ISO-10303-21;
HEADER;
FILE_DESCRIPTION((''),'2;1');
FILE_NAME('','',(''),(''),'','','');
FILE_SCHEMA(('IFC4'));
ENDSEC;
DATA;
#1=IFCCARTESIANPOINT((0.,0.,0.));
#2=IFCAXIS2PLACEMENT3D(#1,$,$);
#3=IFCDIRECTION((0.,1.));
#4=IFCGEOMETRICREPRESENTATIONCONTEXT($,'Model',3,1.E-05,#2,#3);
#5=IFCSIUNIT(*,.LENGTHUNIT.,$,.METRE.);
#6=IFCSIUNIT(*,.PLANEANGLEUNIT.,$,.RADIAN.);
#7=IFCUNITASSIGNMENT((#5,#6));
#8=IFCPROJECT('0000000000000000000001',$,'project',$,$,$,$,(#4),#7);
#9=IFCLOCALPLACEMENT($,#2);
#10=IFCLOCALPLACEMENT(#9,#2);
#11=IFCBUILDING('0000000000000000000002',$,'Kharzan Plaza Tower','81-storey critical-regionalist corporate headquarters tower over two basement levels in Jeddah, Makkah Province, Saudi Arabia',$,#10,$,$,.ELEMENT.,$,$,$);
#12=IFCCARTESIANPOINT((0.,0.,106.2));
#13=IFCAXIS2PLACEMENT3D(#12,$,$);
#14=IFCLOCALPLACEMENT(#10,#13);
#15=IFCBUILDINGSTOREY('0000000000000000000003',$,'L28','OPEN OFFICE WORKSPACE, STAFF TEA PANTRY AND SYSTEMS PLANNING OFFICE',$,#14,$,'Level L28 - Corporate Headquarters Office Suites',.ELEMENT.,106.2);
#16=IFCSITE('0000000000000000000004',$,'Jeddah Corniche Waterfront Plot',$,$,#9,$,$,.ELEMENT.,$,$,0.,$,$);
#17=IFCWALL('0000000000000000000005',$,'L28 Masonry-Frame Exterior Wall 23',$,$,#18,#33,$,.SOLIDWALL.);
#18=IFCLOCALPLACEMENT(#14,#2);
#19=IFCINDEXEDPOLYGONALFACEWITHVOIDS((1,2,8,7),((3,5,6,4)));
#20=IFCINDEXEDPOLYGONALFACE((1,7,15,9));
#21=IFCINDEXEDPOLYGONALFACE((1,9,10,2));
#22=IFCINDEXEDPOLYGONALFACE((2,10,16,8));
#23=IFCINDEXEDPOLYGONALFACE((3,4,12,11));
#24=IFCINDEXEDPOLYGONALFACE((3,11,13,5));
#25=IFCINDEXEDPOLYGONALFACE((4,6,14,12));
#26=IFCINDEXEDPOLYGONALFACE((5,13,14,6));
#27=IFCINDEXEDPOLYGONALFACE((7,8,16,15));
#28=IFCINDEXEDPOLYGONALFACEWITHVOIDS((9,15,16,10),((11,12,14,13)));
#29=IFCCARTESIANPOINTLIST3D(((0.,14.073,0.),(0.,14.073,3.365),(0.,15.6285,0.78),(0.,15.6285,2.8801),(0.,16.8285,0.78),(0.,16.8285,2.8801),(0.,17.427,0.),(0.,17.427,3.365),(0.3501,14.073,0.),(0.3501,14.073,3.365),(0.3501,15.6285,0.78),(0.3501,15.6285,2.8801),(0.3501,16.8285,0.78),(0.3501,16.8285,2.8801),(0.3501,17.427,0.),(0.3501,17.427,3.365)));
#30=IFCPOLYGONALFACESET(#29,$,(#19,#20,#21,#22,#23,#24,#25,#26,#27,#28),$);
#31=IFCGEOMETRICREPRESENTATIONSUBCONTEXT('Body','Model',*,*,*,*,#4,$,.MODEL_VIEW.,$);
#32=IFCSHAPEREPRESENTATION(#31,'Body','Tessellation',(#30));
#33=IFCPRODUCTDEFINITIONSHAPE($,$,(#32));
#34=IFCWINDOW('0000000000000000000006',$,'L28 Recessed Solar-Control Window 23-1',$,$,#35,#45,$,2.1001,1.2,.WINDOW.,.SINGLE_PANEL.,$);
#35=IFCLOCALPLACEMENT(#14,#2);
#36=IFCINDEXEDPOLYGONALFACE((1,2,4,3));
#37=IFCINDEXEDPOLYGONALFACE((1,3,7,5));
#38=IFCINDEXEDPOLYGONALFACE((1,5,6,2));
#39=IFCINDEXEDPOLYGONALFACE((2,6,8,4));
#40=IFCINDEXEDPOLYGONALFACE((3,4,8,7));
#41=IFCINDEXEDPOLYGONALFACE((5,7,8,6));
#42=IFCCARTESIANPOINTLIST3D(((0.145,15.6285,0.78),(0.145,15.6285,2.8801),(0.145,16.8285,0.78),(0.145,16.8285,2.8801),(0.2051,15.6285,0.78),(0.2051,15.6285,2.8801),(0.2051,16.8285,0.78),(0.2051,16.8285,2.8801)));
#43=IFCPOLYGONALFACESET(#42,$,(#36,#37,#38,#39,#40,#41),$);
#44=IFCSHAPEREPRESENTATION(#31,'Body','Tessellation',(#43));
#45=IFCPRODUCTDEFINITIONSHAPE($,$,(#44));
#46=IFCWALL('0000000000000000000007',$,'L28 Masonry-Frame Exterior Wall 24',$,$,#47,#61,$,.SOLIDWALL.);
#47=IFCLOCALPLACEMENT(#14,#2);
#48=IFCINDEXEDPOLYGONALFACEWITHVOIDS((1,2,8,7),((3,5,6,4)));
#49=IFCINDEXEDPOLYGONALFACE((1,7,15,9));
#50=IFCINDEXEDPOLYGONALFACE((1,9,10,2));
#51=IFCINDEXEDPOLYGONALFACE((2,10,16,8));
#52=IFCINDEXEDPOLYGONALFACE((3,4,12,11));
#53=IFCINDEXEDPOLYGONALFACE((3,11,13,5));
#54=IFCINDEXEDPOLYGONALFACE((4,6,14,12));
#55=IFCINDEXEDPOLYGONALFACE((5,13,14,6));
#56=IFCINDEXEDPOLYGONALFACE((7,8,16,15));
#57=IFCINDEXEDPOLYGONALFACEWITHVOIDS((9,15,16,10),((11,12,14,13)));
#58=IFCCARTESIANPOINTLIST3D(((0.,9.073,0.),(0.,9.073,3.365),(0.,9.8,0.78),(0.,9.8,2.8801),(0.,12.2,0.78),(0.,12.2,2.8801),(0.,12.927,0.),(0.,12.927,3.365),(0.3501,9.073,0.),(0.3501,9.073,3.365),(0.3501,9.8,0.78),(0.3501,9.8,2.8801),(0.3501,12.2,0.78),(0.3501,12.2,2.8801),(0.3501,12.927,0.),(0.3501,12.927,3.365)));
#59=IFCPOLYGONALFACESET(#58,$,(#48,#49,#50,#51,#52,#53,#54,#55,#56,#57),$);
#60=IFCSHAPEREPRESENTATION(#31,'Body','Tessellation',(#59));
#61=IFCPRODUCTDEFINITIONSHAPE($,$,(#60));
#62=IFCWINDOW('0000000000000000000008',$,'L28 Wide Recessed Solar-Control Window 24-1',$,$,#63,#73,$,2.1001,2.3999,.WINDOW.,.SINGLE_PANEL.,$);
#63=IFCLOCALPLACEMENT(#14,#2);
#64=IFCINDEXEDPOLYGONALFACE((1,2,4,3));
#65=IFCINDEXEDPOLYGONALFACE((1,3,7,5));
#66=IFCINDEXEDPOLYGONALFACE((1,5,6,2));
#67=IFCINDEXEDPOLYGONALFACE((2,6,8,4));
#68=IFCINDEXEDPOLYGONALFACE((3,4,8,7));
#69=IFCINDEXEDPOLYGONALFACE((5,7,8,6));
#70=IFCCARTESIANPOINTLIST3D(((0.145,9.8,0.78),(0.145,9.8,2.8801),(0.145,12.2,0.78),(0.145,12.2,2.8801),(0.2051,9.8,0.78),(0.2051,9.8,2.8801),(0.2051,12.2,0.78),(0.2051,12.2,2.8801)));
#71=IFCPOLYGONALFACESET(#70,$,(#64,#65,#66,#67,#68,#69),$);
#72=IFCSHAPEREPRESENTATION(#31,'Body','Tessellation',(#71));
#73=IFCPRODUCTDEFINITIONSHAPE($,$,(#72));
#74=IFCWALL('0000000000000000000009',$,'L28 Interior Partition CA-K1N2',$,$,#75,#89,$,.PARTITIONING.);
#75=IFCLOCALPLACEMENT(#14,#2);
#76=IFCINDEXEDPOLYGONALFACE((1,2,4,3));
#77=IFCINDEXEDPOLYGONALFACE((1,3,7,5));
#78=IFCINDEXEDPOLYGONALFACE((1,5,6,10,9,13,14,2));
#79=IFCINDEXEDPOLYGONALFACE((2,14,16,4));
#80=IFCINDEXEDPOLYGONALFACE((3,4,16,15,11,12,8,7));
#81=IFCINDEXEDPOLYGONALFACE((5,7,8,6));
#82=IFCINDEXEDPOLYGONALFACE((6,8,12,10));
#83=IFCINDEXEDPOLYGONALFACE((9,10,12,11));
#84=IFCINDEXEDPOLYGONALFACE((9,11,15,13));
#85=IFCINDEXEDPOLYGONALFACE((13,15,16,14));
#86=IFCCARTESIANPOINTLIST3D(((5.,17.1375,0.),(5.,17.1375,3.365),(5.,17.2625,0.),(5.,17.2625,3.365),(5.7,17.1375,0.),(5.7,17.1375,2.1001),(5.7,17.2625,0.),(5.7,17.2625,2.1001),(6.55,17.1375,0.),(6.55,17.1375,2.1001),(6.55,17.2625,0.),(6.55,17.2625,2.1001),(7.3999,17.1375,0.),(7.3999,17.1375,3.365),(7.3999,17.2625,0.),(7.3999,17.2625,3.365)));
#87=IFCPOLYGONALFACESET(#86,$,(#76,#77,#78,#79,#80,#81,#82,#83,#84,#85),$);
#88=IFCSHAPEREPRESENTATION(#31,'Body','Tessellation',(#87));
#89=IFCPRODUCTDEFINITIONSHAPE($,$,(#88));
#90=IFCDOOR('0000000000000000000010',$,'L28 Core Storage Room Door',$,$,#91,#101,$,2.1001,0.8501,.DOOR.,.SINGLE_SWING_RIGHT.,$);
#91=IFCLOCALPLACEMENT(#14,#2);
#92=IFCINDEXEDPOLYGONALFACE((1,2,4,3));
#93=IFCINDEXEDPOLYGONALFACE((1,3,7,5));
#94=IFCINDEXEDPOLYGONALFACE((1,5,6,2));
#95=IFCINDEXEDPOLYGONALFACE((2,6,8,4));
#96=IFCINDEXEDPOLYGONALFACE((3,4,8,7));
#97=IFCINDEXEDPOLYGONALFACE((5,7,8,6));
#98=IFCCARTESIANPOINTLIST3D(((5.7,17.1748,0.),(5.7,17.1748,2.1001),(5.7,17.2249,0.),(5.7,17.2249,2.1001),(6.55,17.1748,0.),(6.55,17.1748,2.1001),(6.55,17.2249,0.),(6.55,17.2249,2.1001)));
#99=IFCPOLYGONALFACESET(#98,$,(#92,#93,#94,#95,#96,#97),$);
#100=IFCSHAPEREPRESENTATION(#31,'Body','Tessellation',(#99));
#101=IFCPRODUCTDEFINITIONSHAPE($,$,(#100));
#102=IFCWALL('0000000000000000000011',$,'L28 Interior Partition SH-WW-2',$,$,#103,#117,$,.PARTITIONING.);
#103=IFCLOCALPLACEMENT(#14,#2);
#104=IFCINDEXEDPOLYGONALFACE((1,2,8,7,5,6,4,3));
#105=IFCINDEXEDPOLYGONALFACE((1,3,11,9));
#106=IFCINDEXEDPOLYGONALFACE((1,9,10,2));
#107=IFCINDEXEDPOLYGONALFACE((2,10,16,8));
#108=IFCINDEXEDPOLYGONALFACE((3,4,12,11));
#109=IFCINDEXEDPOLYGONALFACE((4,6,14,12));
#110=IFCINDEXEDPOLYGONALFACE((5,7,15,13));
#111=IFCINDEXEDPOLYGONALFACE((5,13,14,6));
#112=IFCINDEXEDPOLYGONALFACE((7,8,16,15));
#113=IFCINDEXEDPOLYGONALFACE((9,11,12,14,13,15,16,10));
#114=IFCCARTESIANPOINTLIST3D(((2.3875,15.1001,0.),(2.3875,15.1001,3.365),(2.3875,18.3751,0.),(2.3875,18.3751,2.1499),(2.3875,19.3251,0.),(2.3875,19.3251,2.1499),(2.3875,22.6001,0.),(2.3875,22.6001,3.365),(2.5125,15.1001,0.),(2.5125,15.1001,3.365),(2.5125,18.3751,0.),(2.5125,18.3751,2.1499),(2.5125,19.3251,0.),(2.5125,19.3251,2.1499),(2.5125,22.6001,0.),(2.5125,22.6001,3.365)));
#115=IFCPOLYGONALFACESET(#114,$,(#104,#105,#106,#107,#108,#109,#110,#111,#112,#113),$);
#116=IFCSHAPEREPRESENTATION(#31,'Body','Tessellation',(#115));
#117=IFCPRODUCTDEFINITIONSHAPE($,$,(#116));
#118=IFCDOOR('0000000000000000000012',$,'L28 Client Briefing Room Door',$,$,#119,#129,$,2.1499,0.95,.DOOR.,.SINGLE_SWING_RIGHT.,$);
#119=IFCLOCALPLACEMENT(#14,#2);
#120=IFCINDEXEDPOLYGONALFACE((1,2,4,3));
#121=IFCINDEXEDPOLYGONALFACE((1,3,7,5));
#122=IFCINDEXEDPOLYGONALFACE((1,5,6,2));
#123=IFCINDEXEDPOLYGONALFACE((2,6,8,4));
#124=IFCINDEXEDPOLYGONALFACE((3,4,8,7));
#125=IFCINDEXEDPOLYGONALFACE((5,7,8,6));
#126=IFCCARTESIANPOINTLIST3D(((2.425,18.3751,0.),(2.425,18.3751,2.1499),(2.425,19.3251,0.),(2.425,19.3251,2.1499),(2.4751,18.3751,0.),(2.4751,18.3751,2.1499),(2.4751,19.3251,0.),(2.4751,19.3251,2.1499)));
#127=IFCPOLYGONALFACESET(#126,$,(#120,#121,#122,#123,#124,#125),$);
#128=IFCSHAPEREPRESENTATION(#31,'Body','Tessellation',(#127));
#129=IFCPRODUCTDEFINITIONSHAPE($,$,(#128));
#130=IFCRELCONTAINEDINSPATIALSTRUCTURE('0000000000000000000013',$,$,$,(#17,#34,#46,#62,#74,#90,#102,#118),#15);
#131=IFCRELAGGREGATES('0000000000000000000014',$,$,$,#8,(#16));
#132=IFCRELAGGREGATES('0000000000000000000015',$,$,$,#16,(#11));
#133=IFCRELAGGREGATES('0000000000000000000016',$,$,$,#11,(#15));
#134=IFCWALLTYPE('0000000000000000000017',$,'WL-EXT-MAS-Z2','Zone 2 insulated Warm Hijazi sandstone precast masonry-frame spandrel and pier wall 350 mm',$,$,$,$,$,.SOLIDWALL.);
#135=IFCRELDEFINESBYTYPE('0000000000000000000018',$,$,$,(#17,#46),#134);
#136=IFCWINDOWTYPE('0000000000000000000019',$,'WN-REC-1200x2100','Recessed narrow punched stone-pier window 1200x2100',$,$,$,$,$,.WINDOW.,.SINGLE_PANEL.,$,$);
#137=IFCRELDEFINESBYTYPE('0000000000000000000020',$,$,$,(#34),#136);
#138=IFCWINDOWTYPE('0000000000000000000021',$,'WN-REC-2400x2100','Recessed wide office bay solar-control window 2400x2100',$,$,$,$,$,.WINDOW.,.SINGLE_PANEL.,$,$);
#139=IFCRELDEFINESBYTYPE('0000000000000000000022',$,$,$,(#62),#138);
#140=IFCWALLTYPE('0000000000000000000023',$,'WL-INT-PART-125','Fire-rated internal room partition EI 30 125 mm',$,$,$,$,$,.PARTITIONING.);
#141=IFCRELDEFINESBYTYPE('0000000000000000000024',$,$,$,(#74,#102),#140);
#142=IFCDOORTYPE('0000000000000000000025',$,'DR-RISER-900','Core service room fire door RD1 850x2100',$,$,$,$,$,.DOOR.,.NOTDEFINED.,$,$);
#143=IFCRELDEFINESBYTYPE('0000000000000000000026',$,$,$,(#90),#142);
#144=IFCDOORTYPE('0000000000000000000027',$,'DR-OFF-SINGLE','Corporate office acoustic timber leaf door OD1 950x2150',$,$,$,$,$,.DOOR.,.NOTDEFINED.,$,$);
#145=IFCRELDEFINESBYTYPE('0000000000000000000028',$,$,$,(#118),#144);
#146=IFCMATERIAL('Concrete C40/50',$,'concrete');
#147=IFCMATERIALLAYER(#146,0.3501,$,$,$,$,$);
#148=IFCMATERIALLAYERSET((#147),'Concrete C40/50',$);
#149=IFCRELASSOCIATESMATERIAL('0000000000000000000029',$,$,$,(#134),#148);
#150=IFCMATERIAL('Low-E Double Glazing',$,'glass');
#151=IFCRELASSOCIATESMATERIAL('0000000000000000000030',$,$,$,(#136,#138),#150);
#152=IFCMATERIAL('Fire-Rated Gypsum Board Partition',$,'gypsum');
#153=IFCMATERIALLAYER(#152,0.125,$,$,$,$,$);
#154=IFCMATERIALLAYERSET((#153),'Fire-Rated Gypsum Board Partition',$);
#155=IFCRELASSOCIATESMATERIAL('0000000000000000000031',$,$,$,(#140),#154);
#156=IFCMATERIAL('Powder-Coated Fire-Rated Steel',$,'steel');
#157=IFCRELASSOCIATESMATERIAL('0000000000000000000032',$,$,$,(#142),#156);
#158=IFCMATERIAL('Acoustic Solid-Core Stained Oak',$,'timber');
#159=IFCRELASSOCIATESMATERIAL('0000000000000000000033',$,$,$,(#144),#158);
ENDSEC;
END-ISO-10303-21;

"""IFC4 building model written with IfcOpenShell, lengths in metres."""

from ifc_helpers import new_model, si_unit, direction, frame, frame_2d, origin, place, context, subcontext, project, spatial, rectangle, extrude, source, transform, mapped, material, layer, layer_set, type_object, element, fill, save


model = new_model("IFC4")

# Units and contexts
model_context = context("Model", 3, precision=1e-05, world=origin(), true_north=direction((0.0, 1.0)))
body_context = subcontext(model_context, "Body", "Model", "MODEL_VIEW")
ifc_project = project(units=[si_unit("LENGTHUNIT", "METRE"), si_unit("PLANEANGLEUNIT", "RADIAN")], contexts=[model_context])

# Site, building, storey
site_placement = place(None, origin())
site = spatial("IfcSite", under=ifc_project, at=site_placement, Name="Jeddah Corniche Waterfront Plot", CompositionType="ELEMENT", RefElevation=0.0)
building_placement = place(site_placement, origin())
building = spatial("IfcBuilding", under=site, at=building_placement, Name="Kharzan Plaza Tower", Description="81-storey critical-regionalist corporate headquarters tower over two basement levels in Jeddah, Makkah Province, Saudi Arabia", CompositionType="ELEMENT")
storey_placement = place(building_placement, frame((0.0, 0.0, 106.2)))
storey = spatial("IfcBuildingStorey", under=building, at=storey_placement, Name="L28", Description="OPEN OFFICE WORKSPACE, STAFF TEA PANTRY AND SYSTEMS PLANNING OFFICE", LongName="Level L28 - Corporate Headquarters Office Suites", CompositionType="ELEMENT", Elevation=106.2)

# Walls, openings, windows
ifc_material_1 = material(Name="Concrete C40/50", Category="concrete")
ifc_layer_1 = layer(ifc_material_1, 0.3501)
ifc_layer_set_1 = layer_set([ifc_layer_1], Name="Concrete C40/50")
wall_type_1 = type_object("IfcWallType", Name="WL-EXT-MAS-Z2", Description="Zone 2 insulated Warm Hijazi sandstone precast masonry-frame spandrel and pier wall 350 mm", PredefinedType="SOLIDWALL", material=ifc_layer_set_1)
wall_1_placement = place(storey_placement, frame((0.175, 17.427, 0.0), z_axis=(0.0, 0.0, 1.0), x_axis=(0.0, -1.0, 0.0)))
wall_1 = element("IfcWall", 1, at=wall_1_placement, inside=storey, type_object=wall_type_1, Name="L28 Masonry-Frame Exterior Wall 23", PredefinedType="SOLIDWALL", context=body_context, shape_type="SweptSolid", body=[
    extrude(rectangle(XDim=3.354, YDim=0.3501, at=frame_2d((1.677, 0.0))), origin(), (0.0, 0.0, 1.0), 3.365),
])
opening_1_placement = place(wall_1_placement, frame((0.5984, 0.0, 0.78)))
opening_1 = element("IfcOpeningElement", 2, at=opening_1_placement, cuts=wall_1, PredefinedType="OPENING", context=body_context, shape_type="SweptSolid", body=[
    extrude(rectangle(XDim=1.2, YDim=2.1001, at=frame_2d((0.6001, 1.05))), frame((0.0, 0.1851, 0.0), z_axis=(0.0, -1.0, 0.0), x_axis=(1.0, 0.0, 0.0)), (0.0, 0.0, 1.0), 0.3701),
])
ifc_material_2 = material(Name="Low-E Double Glazing", Category="glass")
window_type_1 = type_object("IfcWindowType", Name="WN-REC-1200x2100", Description="Recessed narrow punched stone-pier window 1200x2100", PartitioningType="SINGLE_PANEL", PredefinedType="WINDOW", material=ifc_material_2)
shared_shape_1 = source(origin(), body_context, "Body", "SweptSolid", [
    extrude(rectangle(XDim=1.2, YDim=2.1001, at=frame_2d((0.6001, 1.05))), frame((0.0, 0.03, 0.0), z_axis=(0.0, -1.0, 0.0), x_axis=(1.0, 0.0, 0.0)), (0.0, 0.0, 1.0), 0.0601),
])
window_1_placement = place(opening_1_placement, origin())
window_1 = element("IfcWindow", 3, at=window_1_placement, inside=storey, type_object=window_type_1, Name="L28 Recessed Solar-Control Window 23-1", OverallHeight=2.1001, OverallWidth=1.2, PartitioningType="SINGLE_PANEL", PredefinedType="WINDOW", context=body_context, shape_type="MappedRepresentation", body=[
    mapped(shared_shape_1, transform((0.0, 0.0, 0.0), x_axis=(1.0, 0.0, 0.0), y_axis=(0.0, 1.0, 0.0), z_axis=(0.0, 0.0, 1.0))),
])
fill(opening_1, window_1)
wall_2_placement = place(storey_placement, frame((0.175, 12.927, 0.0), z_axis=(0.0, 0.0, 1.0), x_axis=(0.0, -1.0, 0.0)))
wall_2 = element("IfcWall", 4, at=wall_2_placement, inside=storey, type_object=wall_type_1, Name="L28 Masonry-Frame Exterior Wall 24", PredefinedType="SOLIDWALL", context=body_context, shape_type="SweptSolid", body=[
    extrude(rectangle(XDim=3.854, YDim=0.3501, at=frame_2d((1.927, 0.0))), origin(), (0.0, 0.0, 1.0), 3.365),
])
opening_2_placement = place(wall_2_placement, frame((0.7271, 0.0, 0.78)))
opening_2 = element("IfcOpeningElement", 5, at=opening_2_placement, cuts=wall_2, PredefinedType="OPENING", context=body_context, shape_type="SweptSolid", body=[
    extrude(rectangle(XDim=2.3999, YDim=2.1001, at=frame_2d((1.2, 1.05))), frame((0.0, 0.1851, 0.0), z_axis=(0.0, -1.0, 0.0), x_axis=(1.0, 0.0, 0.0)), (0.0, 0.0, 1.0), 0.3701),
])
window_type_2 = type_object("IfcWindowType", Name="WN-REC-2400x2100", Description="Recessed wide office bay solar-control window 2400x2100", PartitioningType="SINGLE_PANEL", PredefinedType="WINDOW", material=ifc_material_2)
shared_shape_2 = source(origin(), body_context, "Body", "SweptSolid", [
    extrude(rectangle(XDim=2.3999, YDim=2.1001, at=frame_2d((1.2, 1.05))), frame((0.0, 0.03, 0.0), z_axis=(0.0, -1.0, 0.0), x_axis=(1.0, 0.0, 0.0)), (0.0, 0.0, 1.0), 0.0601),
])
window_2_placement = place(opening_2_placement, origin())
window_2 = element("IfcWindow", 6, at=window_2_placement, inside=storey, type_object=window_type_2, Name="L28 Wide Recessed Solar-Control Window 24-1", OverallHeight=2.1001, OverallWidth=2.3999, PartitioningType="SINGLE_PANEL", PredefinedType="WINDOW", context=body_context, shape_type="MappedRepresentation", body=[
    mapped(shared_shape_2, transform((0.0, 0.0, 0.0), x_axis=(1.0, 0.0, 0.0), y_axis=(0.0, 1.0, 0.0), z_axis=(0.0, 0.0, 1.0))),
])
fill(opening_2, window_2)

# Walls, openings, doors
ifc_material_3 = material(Name="Fire-Rated Gypsum Board Partition", Category="gypsum")
ifc_layer_2 = layer(ifc_material_3, 0.125)
ifc_layer_set_2 = layer_set([ifc_layer_2], Name="Fire-Rated Gypsum Board Partition")
wall_type_2 = type_object("IfcWallType", Name="WL-INT-PART-125", Description="Fire-rated internal room partition EI 30 125 mm", PredefinedType="PARTITIONING", material=ifc_layer_set_2)
wall_3_placement = place(storey_placement, frame((5.0, 17.2, 0.0), z_axis=(0.0, 0.0, 1.0), x_axis=(1.0, 0.0, 0.0)))
wall_3 = element("IfcWall", 7, at=wall_3_placement, inside=storey, type_object=wall_type_2, Name="L28 Interior Partition CA-K1N2", PredefinedType="PARTITIONING", context=body_context, shape_type="SweptSolid", body=[
    extrude(rectangle(XDim=2.3999, YDim=0.125, at=frame_2d((1.2, 0.0))), origin(), (0.0, 0.0, 1.0), 3.365),
])
opening_3_placement = place(wall_3_placement, frame((0.7, 0.0, 0.0)))
opening_3 = element("IfcOpeningElement", 8, at=opening_3_placement, cuts=wall_3, PredefinedType="OPENING", context=body_context, shape_type="SweptSolid", body=[
    extrude(rectangle(XDim=0.8501, YDim=2.1001, at=frame_2d((0.425, 1.05))), frame((0.0, 0.0725, 0.0), z_axis=(0.0, -1.0, 0.0), x_axis=(1.0, 0.0, 0.0)), (0.0, 0.0, 1.0), 0.145),
])
ifc_material_4 = material(Name="Powder-Coated Fire-Rated Steel", Category="steel")
door_type_1 = type_object("IfcDoorType", Name="DR-RISER-900", Description="Core service room fire door RD1 850x2100", OperationType="NOTDEFINED", PredefinedType="DOOR", material=ifc_material_4)
shared_shape_3 = source(origin(), body_context, "Body", "SweptSolid", [
    extrude(rectangle(XDim=0.8501, YDim=2.1001, at=frame_2d((0.425, 1.05))), frame((0.0, 0.0249, 0.0), z_axis=(0.0, -1.0, 0.0), x_axis=(1.0, 0.0, 0.0)), (0.0, 0.0, 1.0), 0.05),
])
door_1_placement = place(opening_3_placement, origin())
door_1 = element("IfcDoor", 9, at=door_1_placement, inside=storey, type_object=door_type_1, Name="L28 Core Storage Room Door", OperationType="SINGLE_SWING_RIGHT", OverallHeight=2.1001, OverallWidth=0.8501, PredefinedType="DOOR", context=body_context, shape_type="MappedRepresentation", body=[
    mapped(shared_shape_3, transform((0.0, 0.0, 0.0), x_axis=(1.0, 0.0, 0.0), y_axis=(0.0, 1.0, 0.0), z_axis=(0.0, 0.0, 1.0))),
])
fill(opening_3, door_1)
wall_4_placement = place(storey_placement, frame((2.45, 15.1001, 0.0), z_axis=(0.0, 0.0, 1.0), x_axis=(0.0, 1.0, 0.0)))
wall_4 = element("IfcWall", 10, at=wall_4_placement, inside=storey, type_object=wall_type_2, Name="L28 Interior Partition SH-WW-2", PredefinedType="PARTITIONING", context=body_context, shape_type="SweptSolid", body=[
    extrude(rectangle(XDim=7.5, YDim=0.125, at=frame_2d((3.75, 0.0))), origin(), (0.0, 0.0, 1.0), 3.365),
])
opening_4_placement = place(wall_4_placement, frame((3.2749, 0.0, 0.0)))
opening_4 = element("IfcOpeningElement", 11, at=opening_4_placement, cuts=wall_4, PredefinedType="OPENING", context=body_context, shape_type="SweptSolid", body=[
    extrude(rectangle(XDim=0.95, YDim=2.1499, at=frame_2d((0.4751, 1.075))), frame((0.0, 0.0725, 0.0), z_axis=(0.0, -1.0, 0.0), x_axis=(1.0, 0.0, 0.0)), (0.0, 0.0, 1.0), 0.145),
])
ifc_material_5 = material(Name="Acoustic Solid-Core Stained Oak", Category="timber")
door_type_2 = type_object("IfcDoorType", Name="DR-OFF-SINGLE", Description="Corporate office acoustic timber leaf door OD1 950x2150", OperationType="NOTDEFINED", PredefinedType="DOOR", material=ifc_material_5)
shared_shape_4 = source(origin(), body_context, "Body", "SweptSolid", [
    extrude(rectangle(XDim=0.95, YDim=2.1499, at=frame_2d((0.4751, 1.075))), frame((0.0, 0.0249, 0.0), z_axis=(0.0, -1.0, 0.0), x_axis=(1.0, 0.0, 0.0)), (0.0, 0.0, 1.0), 0.05),
])
door_2_placement = place(opening_4_placement, origin())
door_2 = element("IfcDoor", 12, at=door_2_placement, inside=storey, type_object=door_type_2, Name="L28 Client Briefing Room Door", OperationType="SINGLE_SWING_RIGHT", OverallHeight=2.1499, OverallWidth=0.95, PredefinedType="DOOR", context=body_context, shape_type="MappedRepresentation", body=[
    mapped(shared_shape_4, transform((0.0, 0.0, 0.0), x_axis=(1.0, 0.0, 0.0), y_axis=(0.0, 1.0, 0.0), z_axis=(0.0, 0.0, 1.0))),
])
fill(opening_4, door_2)

save(model, "model.ifc")
